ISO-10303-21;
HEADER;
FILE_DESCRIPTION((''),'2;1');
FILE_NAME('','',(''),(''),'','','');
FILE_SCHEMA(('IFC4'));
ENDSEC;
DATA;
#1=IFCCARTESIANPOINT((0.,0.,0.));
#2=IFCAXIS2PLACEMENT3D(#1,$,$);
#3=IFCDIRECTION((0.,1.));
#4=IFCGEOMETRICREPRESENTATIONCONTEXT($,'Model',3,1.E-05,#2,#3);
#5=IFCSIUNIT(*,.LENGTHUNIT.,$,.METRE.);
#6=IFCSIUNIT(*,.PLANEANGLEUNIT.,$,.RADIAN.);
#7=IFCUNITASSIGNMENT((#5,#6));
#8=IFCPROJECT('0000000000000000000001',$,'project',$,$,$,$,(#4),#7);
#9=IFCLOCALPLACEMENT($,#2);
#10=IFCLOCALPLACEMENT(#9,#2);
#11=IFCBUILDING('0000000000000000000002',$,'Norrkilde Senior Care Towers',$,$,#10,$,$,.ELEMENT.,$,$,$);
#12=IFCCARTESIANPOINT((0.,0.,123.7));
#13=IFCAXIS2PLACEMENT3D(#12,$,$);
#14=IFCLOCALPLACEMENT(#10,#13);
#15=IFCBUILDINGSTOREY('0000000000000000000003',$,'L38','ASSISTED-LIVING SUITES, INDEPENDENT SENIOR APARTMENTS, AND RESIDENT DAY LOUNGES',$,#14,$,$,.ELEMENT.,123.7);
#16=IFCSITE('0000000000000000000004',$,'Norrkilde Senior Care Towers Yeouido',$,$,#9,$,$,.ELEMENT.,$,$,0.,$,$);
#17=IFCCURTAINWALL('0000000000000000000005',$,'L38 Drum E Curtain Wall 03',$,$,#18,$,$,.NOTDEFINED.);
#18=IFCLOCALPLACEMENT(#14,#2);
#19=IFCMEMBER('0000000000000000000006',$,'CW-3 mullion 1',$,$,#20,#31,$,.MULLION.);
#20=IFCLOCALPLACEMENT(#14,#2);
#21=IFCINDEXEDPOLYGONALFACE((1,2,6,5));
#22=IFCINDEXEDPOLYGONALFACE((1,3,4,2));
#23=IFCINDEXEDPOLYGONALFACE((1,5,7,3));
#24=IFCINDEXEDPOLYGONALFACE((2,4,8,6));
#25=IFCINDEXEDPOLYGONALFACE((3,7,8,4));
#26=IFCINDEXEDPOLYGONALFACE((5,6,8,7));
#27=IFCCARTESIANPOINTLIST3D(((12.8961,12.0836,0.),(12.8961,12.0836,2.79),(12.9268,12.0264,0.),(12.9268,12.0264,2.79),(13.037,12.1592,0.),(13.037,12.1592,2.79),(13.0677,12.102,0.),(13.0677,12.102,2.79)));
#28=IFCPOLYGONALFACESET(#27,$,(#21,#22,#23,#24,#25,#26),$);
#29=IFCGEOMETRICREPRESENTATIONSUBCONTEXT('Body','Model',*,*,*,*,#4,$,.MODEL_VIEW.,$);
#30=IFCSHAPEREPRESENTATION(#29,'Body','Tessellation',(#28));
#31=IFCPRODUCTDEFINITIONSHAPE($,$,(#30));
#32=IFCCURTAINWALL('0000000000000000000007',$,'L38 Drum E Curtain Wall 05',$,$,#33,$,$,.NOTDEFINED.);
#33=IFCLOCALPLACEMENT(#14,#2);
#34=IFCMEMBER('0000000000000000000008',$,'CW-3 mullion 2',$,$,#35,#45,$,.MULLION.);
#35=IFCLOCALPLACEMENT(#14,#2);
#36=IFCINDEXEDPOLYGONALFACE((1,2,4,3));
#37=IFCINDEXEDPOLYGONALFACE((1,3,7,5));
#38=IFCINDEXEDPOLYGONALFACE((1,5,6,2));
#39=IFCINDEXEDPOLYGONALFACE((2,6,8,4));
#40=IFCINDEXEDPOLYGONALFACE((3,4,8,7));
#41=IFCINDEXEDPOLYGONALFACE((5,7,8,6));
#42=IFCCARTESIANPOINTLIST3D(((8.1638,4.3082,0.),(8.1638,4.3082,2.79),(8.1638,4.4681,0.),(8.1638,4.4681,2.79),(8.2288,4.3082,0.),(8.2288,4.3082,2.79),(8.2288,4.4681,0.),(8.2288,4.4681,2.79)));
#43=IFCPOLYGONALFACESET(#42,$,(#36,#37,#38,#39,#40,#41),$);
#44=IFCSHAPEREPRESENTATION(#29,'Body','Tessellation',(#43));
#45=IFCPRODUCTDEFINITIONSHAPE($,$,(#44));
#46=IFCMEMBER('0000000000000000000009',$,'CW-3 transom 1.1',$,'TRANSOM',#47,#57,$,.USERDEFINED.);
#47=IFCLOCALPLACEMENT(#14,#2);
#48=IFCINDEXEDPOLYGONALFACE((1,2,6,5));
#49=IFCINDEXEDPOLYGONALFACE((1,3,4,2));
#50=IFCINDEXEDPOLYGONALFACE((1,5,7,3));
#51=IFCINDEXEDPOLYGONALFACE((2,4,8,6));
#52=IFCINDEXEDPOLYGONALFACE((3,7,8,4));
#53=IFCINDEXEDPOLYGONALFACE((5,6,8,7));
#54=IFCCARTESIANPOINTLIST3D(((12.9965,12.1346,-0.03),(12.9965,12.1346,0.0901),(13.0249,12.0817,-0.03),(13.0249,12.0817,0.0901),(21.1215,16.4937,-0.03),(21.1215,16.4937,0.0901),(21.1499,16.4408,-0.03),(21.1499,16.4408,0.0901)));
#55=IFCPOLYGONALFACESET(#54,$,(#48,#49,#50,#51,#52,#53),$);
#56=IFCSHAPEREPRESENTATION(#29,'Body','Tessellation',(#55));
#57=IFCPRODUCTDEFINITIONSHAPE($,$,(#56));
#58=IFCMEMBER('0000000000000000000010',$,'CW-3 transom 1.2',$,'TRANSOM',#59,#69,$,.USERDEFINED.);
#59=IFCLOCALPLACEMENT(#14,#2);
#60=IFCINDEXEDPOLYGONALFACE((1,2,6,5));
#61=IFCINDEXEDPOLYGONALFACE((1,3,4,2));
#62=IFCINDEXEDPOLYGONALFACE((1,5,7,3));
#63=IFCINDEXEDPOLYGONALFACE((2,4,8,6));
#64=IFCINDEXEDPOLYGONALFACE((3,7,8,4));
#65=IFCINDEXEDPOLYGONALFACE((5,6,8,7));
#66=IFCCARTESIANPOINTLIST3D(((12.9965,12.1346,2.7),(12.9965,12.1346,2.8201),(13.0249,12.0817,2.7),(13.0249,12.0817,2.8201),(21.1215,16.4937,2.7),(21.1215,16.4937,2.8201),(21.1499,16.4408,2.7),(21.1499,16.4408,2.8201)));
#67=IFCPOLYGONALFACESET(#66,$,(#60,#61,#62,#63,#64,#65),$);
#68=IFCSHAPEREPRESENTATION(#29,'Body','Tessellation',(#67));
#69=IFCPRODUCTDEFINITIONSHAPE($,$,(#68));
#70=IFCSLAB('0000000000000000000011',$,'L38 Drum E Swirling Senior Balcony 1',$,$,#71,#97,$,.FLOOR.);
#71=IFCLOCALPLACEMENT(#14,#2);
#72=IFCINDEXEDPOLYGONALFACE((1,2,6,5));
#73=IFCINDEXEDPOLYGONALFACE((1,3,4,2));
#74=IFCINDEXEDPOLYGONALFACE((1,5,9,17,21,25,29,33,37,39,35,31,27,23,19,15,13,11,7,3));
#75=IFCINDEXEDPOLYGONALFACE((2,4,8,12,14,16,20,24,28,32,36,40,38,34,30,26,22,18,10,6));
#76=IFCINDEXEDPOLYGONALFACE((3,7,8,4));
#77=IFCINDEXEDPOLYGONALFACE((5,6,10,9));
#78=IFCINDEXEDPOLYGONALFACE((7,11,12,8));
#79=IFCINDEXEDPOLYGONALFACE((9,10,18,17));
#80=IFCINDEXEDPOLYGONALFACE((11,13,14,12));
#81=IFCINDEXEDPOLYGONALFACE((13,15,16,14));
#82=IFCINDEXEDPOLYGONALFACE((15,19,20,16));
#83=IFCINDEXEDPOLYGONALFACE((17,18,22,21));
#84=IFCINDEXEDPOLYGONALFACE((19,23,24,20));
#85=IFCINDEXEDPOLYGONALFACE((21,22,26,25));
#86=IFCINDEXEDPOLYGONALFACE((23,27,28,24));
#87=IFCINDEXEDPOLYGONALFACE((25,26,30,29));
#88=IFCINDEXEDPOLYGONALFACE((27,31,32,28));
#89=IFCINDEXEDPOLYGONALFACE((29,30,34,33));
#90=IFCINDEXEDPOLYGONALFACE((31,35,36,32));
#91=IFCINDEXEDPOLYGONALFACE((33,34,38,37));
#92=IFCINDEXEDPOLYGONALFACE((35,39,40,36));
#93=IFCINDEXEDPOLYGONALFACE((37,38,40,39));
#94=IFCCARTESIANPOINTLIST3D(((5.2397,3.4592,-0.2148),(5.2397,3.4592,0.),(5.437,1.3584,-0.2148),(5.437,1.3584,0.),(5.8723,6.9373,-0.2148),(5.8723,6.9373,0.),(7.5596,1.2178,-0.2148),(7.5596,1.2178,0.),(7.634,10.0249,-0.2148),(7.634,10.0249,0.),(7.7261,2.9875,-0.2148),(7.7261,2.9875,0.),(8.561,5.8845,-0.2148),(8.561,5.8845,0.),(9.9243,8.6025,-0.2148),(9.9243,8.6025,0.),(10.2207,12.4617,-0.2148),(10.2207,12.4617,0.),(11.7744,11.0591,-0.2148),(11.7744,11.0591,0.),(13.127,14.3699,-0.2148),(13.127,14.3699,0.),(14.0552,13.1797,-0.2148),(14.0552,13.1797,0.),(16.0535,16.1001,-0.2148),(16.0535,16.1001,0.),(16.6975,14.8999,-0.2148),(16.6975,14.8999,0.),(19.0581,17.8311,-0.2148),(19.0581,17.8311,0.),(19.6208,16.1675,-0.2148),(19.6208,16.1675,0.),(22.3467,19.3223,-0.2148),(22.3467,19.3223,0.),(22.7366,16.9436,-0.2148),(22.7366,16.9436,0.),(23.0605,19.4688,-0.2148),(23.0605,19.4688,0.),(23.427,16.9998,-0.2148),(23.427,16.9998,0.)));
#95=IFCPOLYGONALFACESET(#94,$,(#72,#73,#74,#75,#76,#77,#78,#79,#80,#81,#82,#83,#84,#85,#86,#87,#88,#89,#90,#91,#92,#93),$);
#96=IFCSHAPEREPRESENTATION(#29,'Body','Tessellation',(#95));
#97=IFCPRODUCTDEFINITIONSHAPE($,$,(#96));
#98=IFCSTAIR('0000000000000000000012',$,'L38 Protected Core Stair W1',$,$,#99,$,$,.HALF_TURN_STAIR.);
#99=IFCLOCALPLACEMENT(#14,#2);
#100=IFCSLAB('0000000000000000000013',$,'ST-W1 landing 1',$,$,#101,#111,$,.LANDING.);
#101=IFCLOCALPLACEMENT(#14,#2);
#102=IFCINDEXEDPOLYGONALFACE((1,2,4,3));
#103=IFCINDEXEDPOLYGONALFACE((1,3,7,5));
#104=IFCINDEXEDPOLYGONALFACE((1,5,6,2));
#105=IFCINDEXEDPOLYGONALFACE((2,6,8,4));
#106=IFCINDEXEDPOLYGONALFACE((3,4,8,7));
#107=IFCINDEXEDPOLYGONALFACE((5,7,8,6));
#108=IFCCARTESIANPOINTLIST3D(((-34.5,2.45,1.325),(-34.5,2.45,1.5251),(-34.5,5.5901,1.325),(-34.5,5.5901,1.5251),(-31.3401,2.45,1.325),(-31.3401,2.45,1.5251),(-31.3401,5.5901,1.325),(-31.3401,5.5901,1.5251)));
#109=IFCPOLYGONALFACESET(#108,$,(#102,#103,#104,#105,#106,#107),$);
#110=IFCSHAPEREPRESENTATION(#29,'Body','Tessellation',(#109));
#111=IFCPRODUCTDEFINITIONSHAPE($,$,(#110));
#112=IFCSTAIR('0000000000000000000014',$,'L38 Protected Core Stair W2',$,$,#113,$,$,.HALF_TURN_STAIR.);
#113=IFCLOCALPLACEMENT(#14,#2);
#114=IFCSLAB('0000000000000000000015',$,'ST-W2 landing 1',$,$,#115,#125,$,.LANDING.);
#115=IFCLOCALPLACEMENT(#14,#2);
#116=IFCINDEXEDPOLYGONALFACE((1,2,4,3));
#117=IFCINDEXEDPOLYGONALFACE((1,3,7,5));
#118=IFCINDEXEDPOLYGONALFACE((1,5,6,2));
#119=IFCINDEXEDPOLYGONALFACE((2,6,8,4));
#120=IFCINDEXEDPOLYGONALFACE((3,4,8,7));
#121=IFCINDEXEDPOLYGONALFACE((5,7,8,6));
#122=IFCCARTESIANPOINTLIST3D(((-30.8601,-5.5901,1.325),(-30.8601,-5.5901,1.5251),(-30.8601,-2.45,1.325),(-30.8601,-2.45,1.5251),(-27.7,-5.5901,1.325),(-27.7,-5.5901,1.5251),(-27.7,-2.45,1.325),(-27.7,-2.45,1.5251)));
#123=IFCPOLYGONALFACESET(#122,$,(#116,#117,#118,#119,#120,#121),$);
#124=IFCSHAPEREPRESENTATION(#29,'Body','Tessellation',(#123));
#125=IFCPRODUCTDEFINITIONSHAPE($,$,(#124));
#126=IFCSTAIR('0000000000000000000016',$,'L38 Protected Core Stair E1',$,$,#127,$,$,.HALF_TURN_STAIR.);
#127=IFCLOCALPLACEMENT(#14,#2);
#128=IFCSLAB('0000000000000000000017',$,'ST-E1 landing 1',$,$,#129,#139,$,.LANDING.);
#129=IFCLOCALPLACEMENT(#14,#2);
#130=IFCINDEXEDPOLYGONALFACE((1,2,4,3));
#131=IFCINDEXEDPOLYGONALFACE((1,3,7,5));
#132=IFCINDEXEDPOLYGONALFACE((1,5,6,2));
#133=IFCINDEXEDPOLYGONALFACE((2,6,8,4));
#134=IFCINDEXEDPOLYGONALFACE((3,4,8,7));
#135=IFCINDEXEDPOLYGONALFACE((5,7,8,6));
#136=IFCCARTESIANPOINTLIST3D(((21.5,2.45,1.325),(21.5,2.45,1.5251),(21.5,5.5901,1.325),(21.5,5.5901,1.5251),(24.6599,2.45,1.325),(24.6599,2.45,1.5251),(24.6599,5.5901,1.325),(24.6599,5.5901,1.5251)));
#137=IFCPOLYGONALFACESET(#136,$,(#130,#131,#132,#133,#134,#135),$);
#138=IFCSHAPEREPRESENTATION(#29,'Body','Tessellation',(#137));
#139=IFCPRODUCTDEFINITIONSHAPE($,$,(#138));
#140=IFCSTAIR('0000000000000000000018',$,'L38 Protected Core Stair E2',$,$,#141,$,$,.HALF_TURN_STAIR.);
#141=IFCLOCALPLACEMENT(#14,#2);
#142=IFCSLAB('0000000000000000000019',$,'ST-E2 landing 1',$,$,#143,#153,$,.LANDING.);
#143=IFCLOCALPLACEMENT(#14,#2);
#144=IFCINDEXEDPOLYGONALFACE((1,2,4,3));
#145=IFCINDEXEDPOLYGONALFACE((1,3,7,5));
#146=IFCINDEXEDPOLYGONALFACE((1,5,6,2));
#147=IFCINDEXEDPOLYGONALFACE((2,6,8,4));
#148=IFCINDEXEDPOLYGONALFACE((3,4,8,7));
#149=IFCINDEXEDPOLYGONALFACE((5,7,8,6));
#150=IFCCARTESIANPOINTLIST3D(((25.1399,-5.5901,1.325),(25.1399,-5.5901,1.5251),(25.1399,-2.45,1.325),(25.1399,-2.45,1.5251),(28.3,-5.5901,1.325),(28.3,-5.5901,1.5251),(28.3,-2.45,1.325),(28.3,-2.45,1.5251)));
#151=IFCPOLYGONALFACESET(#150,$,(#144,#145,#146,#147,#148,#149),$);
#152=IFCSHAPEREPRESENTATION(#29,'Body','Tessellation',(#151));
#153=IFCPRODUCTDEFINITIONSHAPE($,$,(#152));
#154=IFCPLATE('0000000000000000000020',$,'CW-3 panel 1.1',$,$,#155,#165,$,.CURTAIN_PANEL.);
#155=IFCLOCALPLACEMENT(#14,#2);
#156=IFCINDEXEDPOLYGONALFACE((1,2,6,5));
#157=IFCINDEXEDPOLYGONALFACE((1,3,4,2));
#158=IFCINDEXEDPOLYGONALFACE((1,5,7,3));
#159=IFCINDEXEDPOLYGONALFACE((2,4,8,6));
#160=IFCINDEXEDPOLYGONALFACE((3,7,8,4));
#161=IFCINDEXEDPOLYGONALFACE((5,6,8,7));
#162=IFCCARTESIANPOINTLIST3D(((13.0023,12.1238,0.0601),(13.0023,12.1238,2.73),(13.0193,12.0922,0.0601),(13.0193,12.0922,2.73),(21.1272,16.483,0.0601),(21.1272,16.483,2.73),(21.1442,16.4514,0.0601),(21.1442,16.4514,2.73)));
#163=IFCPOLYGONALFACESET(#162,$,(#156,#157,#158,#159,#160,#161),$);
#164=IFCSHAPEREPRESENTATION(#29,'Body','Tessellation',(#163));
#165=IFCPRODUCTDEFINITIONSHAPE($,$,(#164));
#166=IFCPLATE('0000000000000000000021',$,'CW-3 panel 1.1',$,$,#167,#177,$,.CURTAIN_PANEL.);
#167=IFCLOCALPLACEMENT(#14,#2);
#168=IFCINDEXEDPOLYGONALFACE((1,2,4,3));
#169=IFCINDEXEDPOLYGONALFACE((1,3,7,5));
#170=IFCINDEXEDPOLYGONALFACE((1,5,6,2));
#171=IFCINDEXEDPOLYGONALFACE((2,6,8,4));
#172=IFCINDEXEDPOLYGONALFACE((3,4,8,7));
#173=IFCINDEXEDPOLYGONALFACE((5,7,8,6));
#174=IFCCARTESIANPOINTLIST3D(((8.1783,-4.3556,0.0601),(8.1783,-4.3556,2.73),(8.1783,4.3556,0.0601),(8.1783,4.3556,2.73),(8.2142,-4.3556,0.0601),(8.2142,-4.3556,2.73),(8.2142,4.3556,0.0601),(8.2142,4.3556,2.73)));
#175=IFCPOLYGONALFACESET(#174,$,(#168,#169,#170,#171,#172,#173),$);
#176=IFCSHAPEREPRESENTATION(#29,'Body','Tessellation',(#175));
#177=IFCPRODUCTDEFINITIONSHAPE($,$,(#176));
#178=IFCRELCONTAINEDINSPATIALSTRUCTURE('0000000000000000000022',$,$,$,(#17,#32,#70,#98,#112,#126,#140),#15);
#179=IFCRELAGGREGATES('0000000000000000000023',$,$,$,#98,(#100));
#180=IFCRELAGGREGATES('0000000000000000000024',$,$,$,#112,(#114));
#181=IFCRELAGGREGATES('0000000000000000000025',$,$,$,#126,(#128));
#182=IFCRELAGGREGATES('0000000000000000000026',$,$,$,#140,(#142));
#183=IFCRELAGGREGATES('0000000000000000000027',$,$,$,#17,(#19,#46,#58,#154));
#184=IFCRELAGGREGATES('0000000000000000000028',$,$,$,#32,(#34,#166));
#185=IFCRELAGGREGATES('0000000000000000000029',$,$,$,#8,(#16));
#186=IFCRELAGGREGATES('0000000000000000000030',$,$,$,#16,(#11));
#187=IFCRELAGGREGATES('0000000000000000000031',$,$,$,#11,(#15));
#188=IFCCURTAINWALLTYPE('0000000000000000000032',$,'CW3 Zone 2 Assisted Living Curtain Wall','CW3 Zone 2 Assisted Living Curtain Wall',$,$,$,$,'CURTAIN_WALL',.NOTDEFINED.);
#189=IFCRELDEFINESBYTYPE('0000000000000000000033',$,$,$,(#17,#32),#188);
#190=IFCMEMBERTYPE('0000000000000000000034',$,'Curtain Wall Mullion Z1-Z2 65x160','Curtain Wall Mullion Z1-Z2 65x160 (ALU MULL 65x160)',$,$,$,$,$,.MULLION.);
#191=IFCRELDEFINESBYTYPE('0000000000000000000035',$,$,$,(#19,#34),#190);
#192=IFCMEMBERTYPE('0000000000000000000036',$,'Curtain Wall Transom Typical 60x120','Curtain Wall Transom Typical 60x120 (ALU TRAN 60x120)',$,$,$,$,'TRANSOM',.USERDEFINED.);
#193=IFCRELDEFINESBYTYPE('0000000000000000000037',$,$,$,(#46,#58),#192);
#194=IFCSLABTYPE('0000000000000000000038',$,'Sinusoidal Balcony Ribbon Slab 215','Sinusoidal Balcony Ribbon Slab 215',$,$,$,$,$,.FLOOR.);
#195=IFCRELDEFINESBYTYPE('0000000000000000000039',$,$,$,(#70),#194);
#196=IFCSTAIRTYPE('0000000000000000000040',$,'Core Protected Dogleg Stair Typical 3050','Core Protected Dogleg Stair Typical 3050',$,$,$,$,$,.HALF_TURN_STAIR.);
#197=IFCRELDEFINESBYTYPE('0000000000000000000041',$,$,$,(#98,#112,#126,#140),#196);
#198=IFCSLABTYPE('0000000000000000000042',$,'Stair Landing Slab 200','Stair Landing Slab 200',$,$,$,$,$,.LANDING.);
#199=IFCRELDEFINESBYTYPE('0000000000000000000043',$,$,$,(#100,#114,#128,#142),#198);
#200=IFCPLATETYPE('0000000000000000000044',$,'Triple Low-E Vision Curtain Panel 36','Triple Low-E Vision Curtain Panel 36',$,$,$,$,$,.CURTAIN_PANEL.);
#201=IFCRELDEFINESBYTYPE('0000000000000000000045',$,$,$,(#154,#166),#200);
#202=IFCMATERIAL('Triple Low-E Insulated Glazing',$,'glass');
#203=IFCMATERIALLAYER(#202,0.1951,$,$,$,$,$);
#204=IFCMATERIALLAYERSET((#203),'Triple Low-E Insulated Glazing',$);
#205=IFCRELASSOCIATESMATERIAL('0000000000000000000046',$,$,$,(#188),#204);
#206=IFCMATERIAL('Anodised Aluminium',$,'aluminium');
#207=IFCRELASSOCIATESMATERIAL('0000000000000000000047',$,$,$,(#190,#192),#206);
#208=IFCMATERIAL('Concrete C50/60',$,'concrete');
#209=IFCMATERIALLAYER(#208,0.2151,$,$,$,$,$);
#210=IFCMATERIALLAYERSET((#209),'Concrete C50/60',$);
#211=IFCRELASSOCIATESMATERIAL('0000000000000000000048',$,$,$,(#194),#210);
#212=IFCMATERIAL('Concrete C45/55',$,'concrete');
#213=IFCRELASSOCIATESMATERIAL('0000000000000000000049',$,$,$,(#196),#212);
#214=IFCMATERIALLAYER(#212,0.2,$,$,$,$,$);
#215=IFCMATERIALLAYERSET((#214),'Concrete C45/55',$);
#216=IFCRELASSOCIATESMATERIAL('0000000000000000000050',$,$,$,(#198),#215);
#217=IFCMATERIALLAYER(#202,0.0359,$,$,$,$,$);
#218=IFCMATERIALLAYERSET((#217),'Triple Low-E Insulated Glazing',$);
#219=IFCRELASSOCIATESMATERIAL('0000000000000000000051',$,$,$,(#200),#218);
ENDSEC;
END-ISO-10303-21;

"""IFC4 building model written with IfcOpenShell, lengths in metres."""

from ifc_helpers import new_model, si_unit, direction, frame, origin, origin_2d, place, context, subcontext, project, spatial, polyline, rectangle, outline, extrude, source, transform, mapped, material, layer, layer_set, material_profile, profile_set, type_object, type_shapes, element, aggregate, save


model = new_model("IFC4")

# Units and contexts
model_context = context("Model", 3, precision=1e-05, world=origin(), true_north=direction((0.0, 1.0)))
body_context = subcontext(model_context, "Body", "Model", "MODEL_VIEW")
ifc_project = project(units=[si_unit("LENGTHUNIT", "METRE"), si_unit("PLANEANGLEUNIT", "RADIAN")], contexts=[model_context])

# Site, building, storey
site_placement = place(None, origin())
site = spatial("IfcSite", under=ifc_project, at=site_placement, Name="Norrkilde Senior Care Towers Yeouido", CompositionType="ELEMENT", RefElevation=0.0)
building_placement = place(site_placement, origin())
building = spatial("IfcBuilding", under=site, at=building_placement, Name="Norrkilde Senior Care Towers", CompositionType="ELEMENT")
storey_placement = place(building_placement, frame((0.0, 0.0, 123.7)))
storey = spatial("IfcBuildingStorey", under=building, at=storey_placement, Name="L38", Description="ASSISTED-LIVING SUITES, INDEPENDENT SENIOR APARTMENTS, AND RESIDENT DAY LOUNGES", CompositionType="ELEMENT", Elevation=123.7)

# Curtain walls, members
ifc_material_1 = material(Name="Triple Low-E Insulated Glazing", Category="glass")
ifc_layer_1 = layer(ifc_material_1, 0.1951)
ifc_layer_set_1 = layer_set([ifc_layer_1], Name="Triple Low-E Insulated Glazing")
curtain_wall_type = type_object("IfcCurtainWallType", Name="CW3 Zone 2 Assisted Living Curtain Wall", Description="CW3 Zone 2 Assisted Living Curtain Wall", ElementType="CURTAIN_WALL", PredefinedType="NOTDEFINED", material=ifc_layer_set_1)
curtain_wall_1_placement = place(storey_placement, origin())
curtain_wall_1 = element("IfcCurtainWall", 1, at=curtain_wall_1_placement, inside=storey, type_object=curtain_wall_type, Name="L38 Drum E Curtain Wall 03", PredefinedType="NOTDEFINED")
ifc_material_2 = material(Name="Anodised Aluminium", Category="aluminium")
ifc_material_profile_1 = material_profile(ifc_material_2, rectangle(XDim=0.0649, YDim=0.1599, at=origin_2d()), Name="ALU MULL 65x160")
ifc_profile_set_1 = profile_set([ifc_material_profile_1], Name="Anodised Aluminium")
member_type_1 = type_object("IfcMemberType", Name="Curtain Wall Mullion Z1-Z2 65x160", Description="Curtain Wall Mullion Z1-Z2 65x160 (ALU MULL 65x160)", PredefinedType="MULLION", material=ifc_profile_set_1)
shared_shape_1 = source(origin(), body_context, "Body", "SweptSolid", [
    extrude(rectangle(XDim=0.0649, YDim=0.1599, at=origin_2d()), origin(), (0.0, 0.0, 1.0), 2.79),
])
type_shapes(member_type_1, [shared_shape_1])
member_1_placement = place(storey_placement, frame((12.9819, 12.0928, 0.0), z_axis=(0.0, 0.0, 1.0), x_axis=(-0.472769, 0.881186, 0.0)))
member_1 = element("IfcMember", 2, at=member_1_placement, type_object=member_type_1, Name="CW-3 mullion 1", PredefinedType="MULLION", context=body_context, shape_type="MappedRepresentation", body=[
    mapped(shared_shape_1, transform((0.0, 0.0, 0.0), x_axis=(1.0, 0.0, 0.0), y_axis=(0.0, 1.0, 0.0), z_axis=(0.0, 0.0, 1.0), scale=1.0)),
])
curtain_wall_2_placement = place(storey_placement, origin())
curtain_wall_2 = element("IfcCurtainWall", 3, at=curtain_wall_2_placement, inside=storey, type_object=curtain_wall_type, Name="L38 Drum E Curtain Wall 05", PredefinedType="NOTDEFINED")
member_2_placement = place(storey_placement, frame((8.1963, 4.3882, 0.0), z_axis=(0.0, 0.0, 1.0), x_axis=(-1.0, 0.0, 0.0)))
member_2 = element("IfcMember", 4, at=member_2_placement, type_object=member_type_1, Name="CW-3 mullion 2", PredefinedType="MULLION", context=body_context, shape_type="MappedRepresentation", body=[
    mapped(shared_shape_1, transform((0.0, 0.0, 0.0), x_axis=(1.0, 0.0, 0.0), y_axis=(0.0, 1.0, 0.0), z_axis=(0.0, 0.0, 1.0), scale=1.0)),
])

# Members
ifc_material_profile_2 = material_profile(ifc_material_2, rectangle(XDim=0.0601, YDim=0.1201, at=origin_2d()), Name="ALU TRAN 60x120")
ifc_profile_set_2 = profile_set([ifc_material_profile_2], Name="Anodised Aluminium")
member_type_2 = type_object("IfcMemberType", Name="Curtain Wall Transom Typical 60x120", Description="Curtain Wall Transom Typical 60x120 (ALU TRAN 60x120)", ElementType="TRANSOM", PredefinedType="USERDEFINED", material=ifc_profile_set_2)
shared_shape_2 = source(origin(), body_context, "Body", "SweptSolid", [
    extrude(rectangle(XDim=0.0601, YDim=0.1201, at=origin_2d()), origin(), (0.0, 0.0, 1.0), 9.2205),
])
type_shapes(member_type_2, [shared_shape_2])
member_3_placement = place(storey_placement, frame((13.0107, 12.1082, 0.03), z_axis=(0.881189, 0.472765, 0.0), x_axis=(-0.472765, 0.881189, 0.0)))
member_3 = element("IfcMember", 5, at=member_3_placement, type_object=member_type_2, Name="CW-3 transom 1.1", ObjectType="TRANSOM", PredefinedType="USERDEFINED", context=body_context, shape_type="MappedRepresentation", body=[
    mapped(shared_shape_2, transform((0.0, 0.0, 0.0), x_axis=(1.0, 0.0, 0.0), y_axis=(0.0, 1.0, 0.0), z_axis=(0.0, 0.0, 1.0), scale=1.0)),
])
member_4_placement = place(storey_placement, frame((13.0107, 12.1082, 2.76), z_axis=(0.881189, 0.472765, 0.0), x_axis=(-0.472765, 0.881189, 0.0)))
member_4 = element("IfcMember", 6, at=member_4_placement, type_object=member_type_2, Name="CW-3 transom 1.2", ObjectType="TRANSOM", PredefinedType="USERDEFINED", context=body_context, shape_type="MappedRepresentation", body=[
    mapped(shared_shape_2, transform((0.0, 0.0, 0.0), x_axis=(1.0, 0.0, 0.0), y_axis=(0.0, 1.0, 0.0), z_axis=(0.0, 0.0, 1.0), scale=1.0)),
])

# Slab
ifc_material_3 = material(Name="Concrete C50/60", Category="concrete")
ifc_layer_2 = layer(ifc_material_3, 0.2151)
ifc_layer_set_2 = layer_set([ifc_layer_2], Name="Concrete C50/60")
slab_type_1 = type_object("IfcSlabType", Name="Sinusoidal Balcony Ribbon Slab 215", Description="Sinusoidal Balcony Ribbon Slab 215", PredefinedType="FLOOR", material=ifc_layer_set_2)
slab_1_placement = place(storey_placement, frame((0.0, 0.0, -0.2148)))
element("IfcSlab", 7, at=slab_1_placement, inside=storey, type_object=slab_type_1, Name="L38 Drum E Swirling Senior Balcony 1", PredefinedType="FLOOR", context=body_context, shape_type="SweptSolid", body=[
    extrude(outline(polyline([(5.8723, 6.9373), (7.634, 10.0249), (10.2207, 12.4617), (13.127, 14.3699), (16.0535, 16.1001), (19.0581, 17.8311), (22.3467, 19.3223), (23.0605, 19.4688), (23.427, 16.9998), (22.7366, 16.9436), (19.6208, 16.1675), (16.6975, 14.8999), (14.0552, 13.1797), (11.7744, 11.0591), (9.9243, 8.6025), (8.561, 5.8845), (7.7261, 2.9875), (7.5596, 1.2178), (5.437, 1.3584), (5.2397, 3.4592), (5.8723, 6.9373)])), origin(), (0.0, 0.0, 1.0), 0.2148),
])

# Stairs, slabs
ifc_material_4 = material(Name="Concrete C45/55", Category="concrete")
stair_type = type_object("IfcStairType", Name="Core Protected Dogleg Stair Typical 3050", Description="Core Protected Dogleg Stair Typical 3050", PredefinedType="HALF_TURN_STAIR", material=ifc_material_4)
stair_1_placement = place(storey_placement, origin())
stair_1 = element("IfcStair", 8, at=stair_1_placement, inside=storey, type_object=stair_type, Name="L38 Protected Core Stair W1", PredefinedType="HALF_TURN_STAIR")
ifc_layer_3 = layer(ifc_material_4, 0.2)
ifc_layer_set_3 = layer_set([ifc_layer_3], Name="Concrete C45/55")
slab_type_2 = type_object("IfcSlabType", Name="Stair Landing Slab 200", Description="Stair Landing Slab 200", PredefinedType="LANDING", material=ifc_layer_set_3)
slab_2_placement = place(storey_placement, frame((0.0, 0.0, 1.325)))
slab_2 = element("IfcSlab", 9, at=slab_2_placement, type_object=slab_type_2, Name="ST-W1 landing 1", PredefinedType="LANDING", context=body_context, shape_type="SweptSolid", body=[
    extrude(outline(polyline([(-31.3401, 5.5901), (-34.5, 5.5901), (-34.5, 2.45), (-31.3401, 2.45), (-31.3401, 5.5901)])), origin(), (0.0, 0.0, 1.0), 0.2002),
])
aggregate(stair_1, [slab_2])
stair_2_placement = place(storey_placement, origin())
stair_2 = element("IfcStair", 10, at=stair_2_placement, inside=storey, type_object=stair_type, Name="L38 Protected Core Stair W2", PredefinedType="HALF_TURN_STAIR")
slab_3_placement = place(storey_placement, frame((0.0, 0.0, 1.325)))
slab_3 = element("IfcSlab", 11, at=slab_3_placement, type_object=slab_type_2, Name="ST-W2 landing 1", PredefinedType="LANDING", context=body_context, shape_type="SweptSolid", body=[
    extrude(outline(polyline([(-30.8601, -5.5901), (-27.7, -5.5901), (-27.7, -2.45), (-30.8601, -2.45), (-30.8601, -5.5901)])), origin(), (0.0, 0.0, 1.0), 0.2002),
])
aggregate(stair_2, [slab_3])
stair_3_placement = place(storey_placement, origin())
stair_3 = element("IfcStair", 12, at=stair_3_placement, inside=storey, type_object=stair_type, Name="L38 Protected Core Stair E1", PredefinedType="HALF_TURN_STAIR")
slab_4_placement = place(storey_placement, frame((0.0, 0.0, 1.325)))
slab_4 = element("IfcSlab", 13, at=slab_4_placement, type_object=slab_type_2, Name="ST-E1 landing 1", PredefinedType="LANDING", context=body_context, shape_type="SweptSolid", body=[
    extrude(outline(polyline([(24.6599, 5.5901), (21.5, 5.5901), (21.5, 2.45), (24.6599, 2.45), (24.6599, 5.5901)])), origin(), (0.0, 0.0, 1.0), 0.2002),
])
aggregate(stair_3, [slab_4])
stair_4_placement = place(storey_placement, origin())
stair_4 = element("IfcStair", 14, at=stair_4_placement, inside=storey, type_object=stair_type, Name="L38 Protected Core Stair E2", PredefinedType="HALF_TURN_STAIR")
slab_5_placement = place(storey_placement, frame((0.0, 0.0, 1.325)))
slab_5 = element("IfcSlab", 15, at=slab_5_placement, type_object=slab_type_2, Name="ST-E2 landing 1", PredefinedType="LANDING", context=body_context, shape_type="SweptSolid", body=[
    extrude(outline(polyline([(25.1399, -5.5901), (28.3, -5.5901), (28.3, -2.45), (25.1399, -2.45), (25.1399, -5.5901)])), origin(), (0.0, 0.0, 1.0), 0.2002),
])
aggregate(stair_4, [slab_5])

# Plates
ifc_layer_4 = layer(ifc_material_1, 0.0359)
ifc_layer_set_4 = layer_set([ifc_layer_4], Name="Triple Low-E Insulated Glazing")
plate_type = type_object("IfcPlateType", Name="Triple Low-E Vision Curtain Panel 36", Description="Triple Low-E Vision Curtain Panel 36", PredefinedType="CURTAIN_PANEL", material=ifc_layer_set_4)
shared_shape_3 = source(origin(), body_context, "Body", "SweptSolid", [
    extrude(rectangle(XDim=9.2205, YDim=0.0359, at=origin_2d()), origin(), (0.0, 0.0, 1.0), 2.6699),
])
plate_1_placement = place(storey_placement, frame((17.0732, 14.2876, 0.0601), z_axis=(0.0, 0.0, 1.0), x_axis=(0.881186, 0.472769, 0.0)))
plate_1 = element("IfcPlate", 16, at=plate_1_placement, type_object=plate_type, Name="CW-3 panel 1.1", PredefinedType="CURTAIN_PANEL", context=body_context, shape_type="MappedRepresentation", body=[
    mapped(shared_shape_3, transform((0.0, 0.0, 0.0), x_axis=(1.0, 0.0, 0.0), y_axis=(0.0, 1.0, 0.0), z_axis=(0.0, 0.0, 1.0), scale=1.0)),
])
aggregate(curtain_wall_1, [member_1, member_3, member_4, plate_1])
shared_shape_4 = source(origin(), body_context, "Body", "SweptSolid", [
    extrude(rectangle(XDim=8.7112, YDim=0.0359, at=origin_2d()), origin(), (0.0, 0.0, 1.0), 2.6699),
])
type_shapes(plate_type, [shared_shape_3, shared_shape_4])
plate_2_placement = place(storey_placement, frame((8.1963, 0.0, 0.0601), z_axis=(0.0, 0.0, 1.0), x_axis=(0.0, 1.0, 0.0)))
plate_2 = element("IfcPlate", 17, at=plate_2_placement, type_object=plate_type, Name="CW-3 panel 1.1", PredefinedType="CURTAIN_PANEL", context=body_context, shape_type="MappedRepresentation", body=[
    mapped(shared_shape_4, transform((0.0, 0.0, 0.0), x_axis=(1.0, 0.0, 0.0), y_axis=(0.0, 1.0, 0.0), z_axis=(0.0, 0.0, 1.0), scale=1.0)),
])
aggregate(curtain_wall_2, [member_2, plate_2])

save(model, "model.ifc")
